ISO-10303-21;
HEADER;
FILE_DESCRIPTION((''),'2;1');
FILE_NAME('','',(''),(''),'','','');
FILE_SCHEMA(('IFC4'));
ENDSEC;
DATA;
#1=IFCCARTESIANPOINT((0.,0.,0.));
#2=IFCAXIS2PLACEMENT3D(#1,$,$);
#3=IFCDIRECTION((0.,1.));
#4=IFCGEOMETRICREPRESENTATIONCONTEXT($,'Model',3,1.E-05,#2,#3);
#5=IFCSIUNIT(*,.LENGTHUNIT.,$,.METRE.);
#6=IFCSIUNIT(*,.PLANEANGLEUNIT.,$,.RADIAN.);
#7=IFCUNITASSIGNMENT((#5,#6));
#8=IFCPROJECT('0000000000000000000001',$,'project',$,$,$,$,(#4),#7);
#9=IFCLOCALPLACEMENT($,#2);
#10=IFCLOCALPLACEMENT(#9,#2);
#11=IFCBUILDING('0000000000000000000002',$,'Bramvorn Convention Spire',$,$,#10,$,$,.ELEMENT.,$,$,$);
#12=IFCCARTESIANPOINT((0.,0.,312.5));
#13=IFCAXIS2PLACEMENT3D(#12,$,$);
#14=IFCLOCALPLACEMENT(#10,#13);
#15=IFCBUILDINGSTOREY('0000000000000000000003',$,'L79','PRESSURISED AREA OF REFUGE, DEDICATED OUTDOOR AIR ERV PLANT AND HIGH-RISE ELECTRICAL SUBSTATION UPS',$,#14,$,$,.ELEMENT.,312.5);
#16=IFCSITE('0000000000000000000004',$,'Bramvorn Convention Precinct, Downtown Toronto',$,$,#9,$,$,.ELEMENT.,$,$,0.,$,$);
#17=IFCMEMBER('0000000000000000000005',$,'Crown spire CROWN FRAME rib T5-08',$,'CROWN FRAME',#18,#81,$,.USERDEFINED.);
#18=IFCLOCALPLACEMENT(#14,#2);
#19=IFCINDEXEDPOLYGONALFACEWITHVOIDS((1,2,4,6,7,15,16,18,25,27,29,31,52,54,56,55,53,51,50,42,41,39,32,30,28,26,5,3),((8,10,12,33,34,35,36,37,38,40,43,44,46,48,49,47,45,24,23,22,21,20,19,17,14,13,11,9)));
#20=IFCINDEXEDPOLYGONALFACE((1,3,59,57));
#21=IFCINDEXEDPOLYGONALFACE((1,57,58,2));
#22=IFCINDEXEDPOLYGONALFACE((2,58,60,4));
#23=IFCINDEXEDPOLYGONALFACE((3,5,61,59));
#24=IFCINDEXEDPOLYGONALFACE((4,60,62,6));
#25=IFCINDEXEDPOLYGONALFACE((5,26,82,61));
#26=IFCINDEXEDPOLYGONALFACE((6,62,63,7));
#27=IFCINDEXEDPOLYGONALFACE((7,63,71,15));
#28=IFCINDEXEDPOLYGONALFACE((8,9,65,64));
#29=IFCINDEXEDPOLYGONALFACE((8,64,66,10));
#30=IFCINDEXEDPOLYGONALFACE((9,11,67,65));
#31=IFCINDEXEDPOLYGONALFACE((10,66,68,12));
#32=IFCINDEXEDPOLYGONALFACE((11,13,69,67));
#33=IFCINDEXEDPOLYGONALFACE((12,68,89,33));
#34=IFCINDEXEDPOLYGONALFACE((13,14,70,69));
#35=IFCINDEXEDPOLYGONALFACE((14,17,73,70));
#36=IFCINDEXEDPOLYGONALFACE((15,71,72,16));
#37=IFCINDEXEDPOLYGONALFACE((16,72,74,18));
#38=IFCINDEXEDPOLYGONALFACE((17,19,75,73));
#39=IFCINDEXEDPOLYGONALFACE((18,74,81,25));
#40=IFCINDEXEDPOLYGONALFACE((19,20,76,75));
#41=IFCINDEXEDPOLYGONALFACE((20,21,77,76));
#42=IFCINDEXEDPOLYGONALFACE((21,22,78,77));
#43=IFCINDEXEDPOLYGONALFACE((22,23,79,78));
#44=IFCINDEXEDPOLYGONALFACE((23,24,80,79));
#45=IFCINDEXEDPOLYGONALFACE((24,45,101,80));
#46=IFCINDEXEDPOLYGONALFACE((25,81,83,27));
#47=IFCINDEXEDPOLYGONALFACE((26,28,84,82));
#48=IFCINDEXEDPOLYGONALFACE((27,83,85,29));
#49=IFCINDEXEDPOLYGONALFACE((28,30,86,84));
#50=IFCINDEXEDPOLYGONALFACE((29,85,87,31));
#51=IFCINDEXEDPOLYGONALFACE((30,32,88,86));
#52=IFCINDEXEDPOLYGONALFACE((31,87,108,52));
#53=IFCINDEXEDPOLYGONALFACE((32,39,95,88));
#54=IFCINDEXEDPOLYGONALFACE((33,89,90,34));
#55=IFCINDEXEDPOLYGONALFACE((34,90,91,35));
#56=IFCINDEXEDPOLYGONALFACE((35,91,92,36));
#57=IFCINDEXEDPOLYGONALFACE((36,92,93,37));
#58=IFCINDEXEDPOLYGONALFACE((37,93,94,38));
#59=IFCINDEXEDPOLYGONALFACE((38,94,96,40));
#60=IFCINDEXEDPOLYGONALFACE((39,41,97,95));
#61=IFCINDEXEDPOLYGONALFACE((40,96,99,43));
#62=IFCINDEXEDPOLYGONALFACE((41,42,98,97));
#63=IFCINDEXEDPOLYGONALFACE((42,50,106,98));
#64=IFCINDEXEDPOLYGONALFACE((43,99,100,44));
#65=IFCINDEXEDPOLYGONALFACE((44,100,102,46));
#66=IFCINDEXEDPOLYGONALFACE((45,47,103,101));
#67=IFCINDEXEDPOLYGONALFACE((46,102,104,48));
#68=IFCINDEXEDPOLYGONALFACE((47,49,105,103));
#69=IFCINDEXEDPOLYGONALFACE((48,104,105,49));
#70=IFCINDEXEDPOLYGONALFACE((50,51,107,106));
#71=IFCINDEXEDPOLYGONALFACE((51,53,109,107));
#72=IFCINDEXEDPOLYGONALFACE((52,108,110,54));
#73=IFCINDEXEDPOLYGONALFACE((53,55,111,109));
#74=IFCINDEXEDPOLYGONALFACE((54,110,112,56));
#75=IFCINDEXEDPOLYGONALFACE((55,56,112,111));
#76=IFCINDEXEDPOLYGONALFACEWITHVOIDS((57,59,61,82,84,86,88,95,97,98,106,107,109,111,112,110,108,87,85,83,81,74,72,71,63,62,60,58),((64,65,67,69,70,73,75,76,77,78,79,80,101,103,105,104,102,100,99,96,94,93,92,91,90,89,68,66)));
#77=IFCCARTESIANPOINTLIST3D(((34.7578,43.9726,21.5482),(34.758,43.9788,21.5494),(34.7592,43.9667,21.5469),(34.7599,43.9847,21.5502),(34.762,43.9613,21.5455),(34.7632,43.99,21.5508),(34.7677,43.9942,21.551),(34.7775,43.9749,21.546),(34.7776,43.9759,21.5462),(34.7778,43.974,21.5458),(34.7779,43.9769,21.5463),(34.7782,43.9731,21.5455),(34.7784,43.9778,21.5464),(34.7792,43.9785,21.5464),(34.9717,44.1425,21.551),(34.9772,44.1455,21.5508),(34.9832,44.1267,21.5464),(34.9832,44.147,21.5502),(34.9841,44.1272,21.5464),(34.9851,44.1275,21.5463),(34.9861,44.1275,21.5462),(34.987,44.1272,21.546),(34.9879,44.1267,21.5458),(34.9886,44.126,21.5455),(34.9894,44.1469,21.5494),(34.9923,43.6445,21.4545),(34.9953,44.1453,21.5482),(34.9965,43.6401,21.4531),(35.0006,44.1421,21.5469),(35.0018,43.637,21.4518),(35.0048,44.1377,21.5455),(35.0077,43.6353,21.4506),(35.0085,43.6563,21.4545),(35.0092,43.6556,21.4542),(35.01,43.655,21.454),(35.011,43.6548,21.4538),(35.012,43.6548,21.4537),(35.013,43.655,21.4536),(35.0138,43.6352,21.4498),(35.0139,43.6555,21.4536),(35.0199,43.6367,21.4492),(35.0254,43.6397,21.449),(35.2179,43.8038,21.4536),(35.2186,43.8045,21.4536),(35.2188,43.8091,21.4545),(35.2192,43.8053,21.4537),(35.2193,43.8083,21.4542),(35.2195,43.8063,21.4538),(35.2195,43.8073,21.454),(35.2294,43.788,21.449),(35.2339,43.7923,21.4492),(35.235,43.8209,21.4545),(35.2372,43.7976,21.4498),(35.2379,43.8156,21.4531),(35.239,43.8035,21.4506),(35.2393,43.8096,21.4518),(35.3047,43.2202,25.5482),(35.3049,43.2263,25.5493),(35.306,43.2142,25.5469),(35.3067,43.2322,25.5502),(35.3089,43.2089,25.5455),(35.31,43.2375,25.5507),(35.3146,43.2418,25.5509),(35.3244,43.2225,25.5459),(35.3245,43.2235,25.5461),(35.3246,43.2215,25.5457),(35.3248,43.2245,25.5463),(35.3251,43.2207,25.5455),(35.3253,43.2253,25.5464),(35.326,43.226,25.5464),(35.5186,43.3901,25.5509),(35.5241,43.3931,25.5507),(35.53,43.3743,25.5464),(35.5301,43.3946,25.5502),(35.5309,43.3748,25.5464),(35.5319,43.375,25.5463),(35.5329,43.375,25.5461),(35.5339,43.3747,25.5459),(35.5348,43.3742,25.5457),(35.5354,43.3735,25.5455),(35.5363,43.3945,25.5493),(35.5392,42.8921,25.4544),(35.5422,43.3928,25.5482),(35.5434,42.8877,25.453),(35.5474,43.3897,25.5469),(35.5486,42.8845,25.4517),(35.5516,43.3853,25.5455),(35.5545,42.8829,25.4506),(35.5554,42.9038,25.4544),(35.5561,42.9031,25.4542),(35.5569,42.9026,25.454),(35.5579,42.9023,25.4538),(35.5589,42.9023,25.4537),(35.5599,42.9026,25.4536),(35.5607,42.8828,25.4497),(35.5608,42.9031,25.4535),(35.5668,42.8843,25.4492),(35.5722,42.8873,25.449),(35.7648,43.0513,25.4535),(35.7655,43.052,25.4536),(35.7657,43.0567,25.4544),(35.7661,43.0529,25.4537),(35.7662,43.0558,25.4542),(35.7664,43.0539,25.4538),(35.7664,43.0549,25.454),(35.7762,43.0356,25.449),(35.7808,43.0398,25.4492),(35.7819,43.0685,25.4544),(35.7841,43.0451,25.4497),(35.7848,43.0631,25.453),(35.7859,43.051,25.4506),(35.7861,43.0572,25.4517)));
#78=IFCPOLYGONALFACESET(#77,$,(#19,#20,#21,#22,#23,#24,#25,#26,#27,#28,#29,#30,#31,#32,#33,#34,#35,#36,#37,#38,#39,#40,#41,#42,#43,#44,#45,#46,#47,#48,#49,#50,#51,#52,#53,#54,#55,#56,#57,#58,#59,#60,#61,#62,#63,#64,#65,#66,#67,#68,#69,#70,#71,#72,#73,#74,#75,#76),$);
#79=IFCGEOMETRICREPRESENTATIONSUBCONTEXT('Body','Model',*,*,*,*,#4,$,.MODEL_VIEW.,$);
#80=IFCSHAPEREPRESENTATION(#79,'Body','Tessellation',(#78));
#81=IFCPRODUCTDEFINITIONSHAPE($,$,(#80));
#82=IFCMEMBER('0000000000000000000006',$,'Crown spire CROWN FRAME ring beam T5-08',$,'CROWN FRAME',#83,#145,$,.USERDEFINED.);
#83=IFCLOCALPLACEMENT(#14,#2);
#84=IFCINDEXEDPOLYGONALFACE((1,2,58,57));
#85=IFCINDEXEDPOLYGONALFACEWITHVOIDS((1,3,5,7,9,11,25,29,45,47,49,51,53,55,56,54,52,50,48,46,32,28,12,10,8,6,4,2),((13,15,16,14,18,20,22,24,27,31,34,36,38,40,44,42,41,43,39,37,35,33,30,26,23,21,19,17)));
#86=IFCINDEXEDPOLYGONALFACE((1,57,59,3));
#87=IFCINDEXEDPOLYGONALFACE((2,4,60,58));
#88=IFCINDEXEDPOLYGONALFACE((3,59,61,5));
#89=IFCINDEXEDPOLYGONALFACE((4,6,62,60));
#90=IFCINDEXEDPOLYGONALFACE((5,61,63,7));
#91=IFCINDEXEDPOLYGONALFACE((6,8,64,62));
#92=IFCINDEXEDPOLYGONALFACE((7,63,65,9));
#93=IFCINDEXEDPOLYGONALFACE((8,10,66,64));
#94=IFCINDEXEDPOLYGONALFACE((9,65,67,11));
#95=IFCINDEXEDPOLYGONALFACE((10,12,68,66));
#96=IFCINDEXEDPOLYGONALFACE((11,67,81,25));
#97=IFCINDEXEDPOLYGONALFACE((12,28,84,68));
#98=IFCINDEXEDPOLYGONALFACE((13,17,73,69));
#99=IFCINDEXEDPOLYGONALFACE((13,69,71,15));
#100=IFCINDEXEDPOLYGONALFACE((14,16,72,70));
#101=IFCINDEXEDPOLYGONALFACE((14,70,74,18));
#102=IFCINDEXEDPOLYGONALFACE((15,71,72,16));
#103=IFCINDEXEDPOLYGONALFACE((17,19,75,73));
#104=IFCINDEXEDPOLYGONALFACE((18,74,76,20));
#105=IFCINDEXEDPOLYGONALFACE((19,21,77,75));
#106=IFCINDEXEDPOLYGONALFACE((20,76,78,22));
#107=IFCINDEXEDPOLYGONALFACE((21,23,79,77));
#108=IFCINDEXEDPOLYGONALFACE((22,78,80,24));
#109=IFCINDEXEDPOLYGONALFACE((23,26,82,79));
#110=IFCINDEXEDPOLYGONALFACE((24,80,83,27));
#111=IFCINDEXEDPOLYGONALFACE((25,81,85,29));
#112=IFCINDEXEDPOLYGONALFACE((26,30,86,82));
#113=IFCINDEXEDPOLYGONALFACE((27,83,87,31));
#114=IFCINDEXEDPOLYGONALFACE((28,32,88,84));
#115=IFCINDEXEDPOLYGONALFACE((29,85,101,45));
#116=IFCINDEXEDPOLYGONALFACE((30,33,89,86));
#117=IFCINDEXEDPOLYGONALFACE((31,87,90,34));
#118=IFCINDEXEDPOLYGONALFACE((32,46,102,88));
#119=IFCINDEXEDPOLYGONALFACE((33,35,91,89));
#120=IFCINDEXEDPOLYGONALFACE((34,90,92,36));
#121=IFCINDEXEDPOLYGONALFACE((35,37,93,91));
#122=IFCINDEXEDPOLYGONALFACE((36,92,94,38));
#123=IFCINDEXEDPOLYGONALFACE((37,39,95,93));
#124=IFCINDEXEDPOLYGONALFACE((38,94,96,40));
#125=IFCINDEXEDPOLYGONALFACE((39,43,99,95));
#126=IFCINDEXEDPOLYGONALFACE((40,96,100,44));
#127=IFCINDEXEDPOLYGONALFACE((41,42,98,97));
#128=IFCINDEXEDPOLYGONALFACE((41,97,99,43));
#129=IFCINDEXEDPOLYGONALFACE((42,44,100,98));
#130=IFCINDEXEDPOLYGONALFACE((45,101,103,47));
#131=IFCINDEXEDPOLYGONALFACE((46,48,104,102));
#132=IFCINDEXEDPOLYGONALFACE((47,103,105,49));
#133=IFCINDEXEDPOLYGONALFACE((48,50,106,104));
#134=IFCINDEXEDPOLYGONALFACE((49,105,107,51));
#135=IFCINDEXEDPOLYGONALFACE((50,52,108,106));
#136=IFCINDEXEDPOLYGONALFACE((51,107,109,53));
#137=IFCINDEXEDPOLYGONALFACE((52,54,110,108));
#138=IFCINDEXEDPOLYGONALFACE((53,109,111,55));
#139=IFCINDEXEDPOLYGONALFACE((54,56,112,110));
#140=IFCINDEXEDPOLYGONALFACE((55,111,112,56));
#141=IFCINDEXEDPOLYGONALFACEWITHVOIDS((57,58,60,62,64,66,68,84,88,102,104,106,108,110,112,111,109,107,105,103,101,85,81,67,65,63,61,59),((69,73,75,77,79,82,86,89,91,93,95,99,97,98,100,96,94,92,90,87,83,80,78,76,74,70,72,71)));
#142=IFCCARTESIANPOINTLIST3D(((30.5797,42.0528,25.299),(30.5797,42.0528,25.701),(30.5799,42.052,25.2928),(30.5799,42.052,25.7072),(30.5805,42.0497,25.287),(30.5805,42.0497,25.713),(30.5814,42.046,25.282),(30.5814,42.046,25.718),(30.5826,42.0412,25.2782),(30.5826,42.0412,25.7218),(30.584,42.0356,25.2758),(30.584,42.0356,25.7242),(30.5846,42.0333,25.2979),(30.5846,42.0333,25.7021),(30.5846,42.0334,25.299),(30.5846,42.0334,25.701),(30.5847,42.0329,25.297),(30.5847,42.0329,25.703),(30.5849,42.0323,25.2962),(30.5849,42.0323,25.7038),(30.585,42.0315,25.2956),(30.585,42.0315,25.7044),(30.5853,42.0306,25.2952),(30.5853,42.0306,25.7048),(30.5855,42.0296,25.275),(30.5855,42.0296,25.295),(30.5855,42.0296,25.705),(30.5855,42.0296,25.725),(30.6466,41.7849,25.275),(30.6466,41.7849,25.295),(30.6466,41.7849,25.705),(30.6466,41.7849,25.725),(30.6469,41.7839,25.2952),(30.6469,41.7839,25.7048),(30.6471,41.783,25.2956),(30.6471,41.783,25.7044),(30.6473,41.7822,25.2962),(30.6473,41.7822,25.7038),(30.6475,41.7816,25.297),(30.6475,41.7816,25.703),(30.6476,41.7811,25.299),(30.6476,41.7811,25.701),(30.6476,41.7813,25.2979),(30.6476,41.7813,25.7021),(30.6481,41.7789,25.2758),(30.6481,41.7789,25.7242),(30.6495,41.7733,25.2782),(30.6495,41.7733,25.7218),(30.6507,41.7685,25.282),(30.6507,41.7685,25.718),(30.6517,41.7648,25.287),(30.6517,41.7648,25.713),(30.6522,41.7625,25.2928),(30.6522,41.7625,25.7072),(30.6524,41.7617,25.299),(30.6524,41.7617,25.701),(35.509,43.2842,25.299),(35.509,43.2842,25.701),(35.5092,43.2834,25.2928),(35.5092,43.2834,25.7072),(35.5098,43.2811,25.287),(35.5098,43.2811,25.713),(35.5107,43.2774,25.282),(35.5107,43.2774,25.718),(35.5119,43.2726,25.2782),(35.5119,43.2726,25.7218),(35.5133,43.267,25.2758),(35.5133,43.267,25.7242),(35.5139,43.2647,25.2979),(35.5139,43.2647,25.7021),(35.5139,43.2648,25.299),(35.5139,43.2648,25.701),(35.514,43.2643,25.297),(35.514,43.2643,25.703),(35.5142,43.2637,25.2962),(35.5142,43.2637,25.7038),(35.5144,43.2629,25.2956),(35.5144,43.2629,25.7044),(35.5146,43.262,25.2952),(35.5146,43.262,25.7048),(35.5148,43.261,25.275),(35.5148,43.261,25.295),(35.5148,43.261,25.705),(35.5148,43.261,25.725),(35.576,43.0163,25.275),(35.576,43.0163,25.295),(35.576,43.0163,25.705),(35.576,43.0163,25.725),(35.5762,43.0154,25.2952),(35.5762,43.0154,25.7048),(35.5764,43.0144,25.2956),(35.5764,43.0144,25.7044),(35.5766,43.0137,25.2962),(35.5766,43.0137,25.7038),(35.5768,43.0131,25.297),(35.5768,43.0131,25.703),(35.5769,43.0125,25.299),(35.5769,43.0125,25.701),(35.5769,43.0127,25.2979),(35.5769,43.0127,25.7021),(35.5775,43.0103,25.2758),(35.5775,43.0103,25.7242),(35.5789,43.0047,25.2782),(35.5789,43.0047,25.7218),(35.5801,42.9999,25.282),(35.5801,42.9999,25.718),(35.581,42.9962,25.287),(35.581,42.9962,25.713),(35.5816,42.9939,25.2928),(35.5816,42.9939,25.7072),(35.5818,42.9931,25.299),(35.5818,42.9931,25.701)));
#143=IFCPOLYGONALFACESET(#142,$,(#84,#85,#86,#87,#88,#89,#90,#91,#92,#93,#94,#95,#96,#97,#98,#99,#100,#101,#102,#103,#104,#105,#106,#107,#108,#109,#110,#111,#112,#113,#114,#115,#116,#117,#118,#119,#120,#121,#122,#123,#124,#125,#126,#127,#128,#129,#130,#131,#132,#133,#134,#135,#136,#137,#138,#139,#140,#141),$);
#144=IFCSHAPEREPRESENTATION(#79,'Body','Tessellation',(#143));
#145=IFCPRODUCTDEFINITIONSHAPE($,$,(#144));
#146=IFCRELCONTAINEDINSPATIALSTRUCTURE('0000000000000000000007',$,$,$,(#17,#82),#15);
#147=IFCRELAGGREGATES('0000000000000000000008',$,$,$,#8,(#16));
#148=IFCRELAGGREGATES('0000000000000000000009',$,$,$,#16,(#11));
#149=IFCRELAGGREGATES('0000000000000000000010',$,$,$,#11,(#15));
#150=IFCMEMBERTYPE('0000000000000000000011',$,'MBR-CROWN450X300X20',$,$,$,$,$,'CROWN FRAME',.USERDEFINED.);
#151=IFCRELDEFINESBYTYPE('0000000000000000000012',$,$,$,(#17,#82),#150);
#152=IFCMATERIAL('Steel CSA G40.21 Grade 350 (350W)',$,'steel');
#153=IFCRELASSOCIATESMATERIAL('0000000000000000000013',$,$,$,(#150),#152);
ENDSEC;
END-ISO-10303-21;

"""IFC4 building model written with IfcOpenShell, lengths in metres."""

from ifc_helpers import new_model, si_unit, direction, frame, origin, origin_2d, place, context, subcontext, project, spatial, hollow_rectangle, extrude, material, material_profile, profile_set, type_object, element, save


model = new_model("IFC4")

# Units and contexts
model_context = context("Model", 3, precision=1e-05, world=origin(), true_north=direction((0.0, 1.0)))
body_context = subcontext(model_context, "Body", "Model", "MODEL_VIEW")
ifc_project = project(units=[si_unit("LENGTHUNIT", "METRE"), si_unit("PLANEANGLEUNIT", "RADIAN")], contexts=[model_context])

# Site, building, storey
site_placement = place(None, origin())
site = spatial("IfcSite", under=ifc_project, at=site_placement, Name="Bramvorn Convention Precinct, Downtown Toronto", CompositionType="ELEMENT", RefElevation=0.0)
building_placement = place(site_placement, origin())
building = spatial("IfcBuilding", under=site, at=building_placement, Name="Bramvorn Convention Spire", CompositionType="ELEMENT")
storey_placement = place(building_placement, frame((0.0, 0.0, 312.5)))
storey = spatial("IfcBuildingStorey", under=building, at=storey_placement, Name="L79", Description="PRESSURISED AREA OF REFUGE, DEDICATED OUTDOOR AIR ERV PLANT AND HIGH-RISE ELECTRICAL SUBSTATION UPS", CompositionType="ELEMENT", Elevation=312.5)

# Members
ifc_material_1 = material(Name="Steel CSA G40.21 Grade 350 (350W)", Category="steel")
ifc_material_profile = material_profile(ifc_material_1, hollow_rectangle(XDim=0.3, YDim=0.45, WallThickness=0.02, InnerFilletRadius=0.0039, OuterFilletRadius=0.0239, at=origin_2d()))
ifc_profile_set = profile_set([ifc_material_profile], Name="Steel CSA G40.21 Grade 350 (350W) - CROWN450X300X20")
member_type = type_object("IfcMemberType", Name="MBR-CROWN450X300X20", ElementType="CROWN FRAME", PredefinedType="USERDEFINED", material=ifc_profile_set)
member_1_placement = place(storey_placement, frame((34.9985, 43.8911, 21.5), z_axis=(0.133166, -0.183221, 0.974011), x_axis=(0.808918, 0.587922, 0.0)))
element("IfcMember", 1, at=member_1_placement, inside=storey, type_object=member_type, Name="Crown spire CROWN FRAME rib T5-08", ObjectType="CROWN FRAME", PredefinedType="USERDEFINED", context=body_context, shape_type="SweptSolid", body=[
    extrude(hollow_rectangle(XDim=0.3, YDim=0.45, WallThickness=0.02, InnerFilletRadius=0.0039, OuterFilletRadius=0.0239, at=origin_2d()), origin(), (0.0, 0.0, 1.0), 4.1067),
])
member_2_placement = place(storey_placement, frame((35.5454, 43.1387, 25.5), z_axis=(-0.970185, -0.242366, 0.0), x_axis=(0.242366, -0.970185, 0.0)))
element("IfcMember", 2, at=member_2_placement, inside=storey, type_object=member_type, Name="Crown spire CROWN FRAME ring beam T5-08", ObjectType="CROWN FRAME", PredefinedType="USERDEFINED", context=body_context, shape_type="SweptSolid", body=[
    extrude(hollow_rectangle(XDim=0.3, YDim=0.45, WallThickness=0.02, InnerFilletRadius=0.0039, OuterFilletRadius=0.0239, at=origin_2d()), origin(), (0.0, 0.0, 1.0), 5.0808),
])

save(model, "model.ifc")
